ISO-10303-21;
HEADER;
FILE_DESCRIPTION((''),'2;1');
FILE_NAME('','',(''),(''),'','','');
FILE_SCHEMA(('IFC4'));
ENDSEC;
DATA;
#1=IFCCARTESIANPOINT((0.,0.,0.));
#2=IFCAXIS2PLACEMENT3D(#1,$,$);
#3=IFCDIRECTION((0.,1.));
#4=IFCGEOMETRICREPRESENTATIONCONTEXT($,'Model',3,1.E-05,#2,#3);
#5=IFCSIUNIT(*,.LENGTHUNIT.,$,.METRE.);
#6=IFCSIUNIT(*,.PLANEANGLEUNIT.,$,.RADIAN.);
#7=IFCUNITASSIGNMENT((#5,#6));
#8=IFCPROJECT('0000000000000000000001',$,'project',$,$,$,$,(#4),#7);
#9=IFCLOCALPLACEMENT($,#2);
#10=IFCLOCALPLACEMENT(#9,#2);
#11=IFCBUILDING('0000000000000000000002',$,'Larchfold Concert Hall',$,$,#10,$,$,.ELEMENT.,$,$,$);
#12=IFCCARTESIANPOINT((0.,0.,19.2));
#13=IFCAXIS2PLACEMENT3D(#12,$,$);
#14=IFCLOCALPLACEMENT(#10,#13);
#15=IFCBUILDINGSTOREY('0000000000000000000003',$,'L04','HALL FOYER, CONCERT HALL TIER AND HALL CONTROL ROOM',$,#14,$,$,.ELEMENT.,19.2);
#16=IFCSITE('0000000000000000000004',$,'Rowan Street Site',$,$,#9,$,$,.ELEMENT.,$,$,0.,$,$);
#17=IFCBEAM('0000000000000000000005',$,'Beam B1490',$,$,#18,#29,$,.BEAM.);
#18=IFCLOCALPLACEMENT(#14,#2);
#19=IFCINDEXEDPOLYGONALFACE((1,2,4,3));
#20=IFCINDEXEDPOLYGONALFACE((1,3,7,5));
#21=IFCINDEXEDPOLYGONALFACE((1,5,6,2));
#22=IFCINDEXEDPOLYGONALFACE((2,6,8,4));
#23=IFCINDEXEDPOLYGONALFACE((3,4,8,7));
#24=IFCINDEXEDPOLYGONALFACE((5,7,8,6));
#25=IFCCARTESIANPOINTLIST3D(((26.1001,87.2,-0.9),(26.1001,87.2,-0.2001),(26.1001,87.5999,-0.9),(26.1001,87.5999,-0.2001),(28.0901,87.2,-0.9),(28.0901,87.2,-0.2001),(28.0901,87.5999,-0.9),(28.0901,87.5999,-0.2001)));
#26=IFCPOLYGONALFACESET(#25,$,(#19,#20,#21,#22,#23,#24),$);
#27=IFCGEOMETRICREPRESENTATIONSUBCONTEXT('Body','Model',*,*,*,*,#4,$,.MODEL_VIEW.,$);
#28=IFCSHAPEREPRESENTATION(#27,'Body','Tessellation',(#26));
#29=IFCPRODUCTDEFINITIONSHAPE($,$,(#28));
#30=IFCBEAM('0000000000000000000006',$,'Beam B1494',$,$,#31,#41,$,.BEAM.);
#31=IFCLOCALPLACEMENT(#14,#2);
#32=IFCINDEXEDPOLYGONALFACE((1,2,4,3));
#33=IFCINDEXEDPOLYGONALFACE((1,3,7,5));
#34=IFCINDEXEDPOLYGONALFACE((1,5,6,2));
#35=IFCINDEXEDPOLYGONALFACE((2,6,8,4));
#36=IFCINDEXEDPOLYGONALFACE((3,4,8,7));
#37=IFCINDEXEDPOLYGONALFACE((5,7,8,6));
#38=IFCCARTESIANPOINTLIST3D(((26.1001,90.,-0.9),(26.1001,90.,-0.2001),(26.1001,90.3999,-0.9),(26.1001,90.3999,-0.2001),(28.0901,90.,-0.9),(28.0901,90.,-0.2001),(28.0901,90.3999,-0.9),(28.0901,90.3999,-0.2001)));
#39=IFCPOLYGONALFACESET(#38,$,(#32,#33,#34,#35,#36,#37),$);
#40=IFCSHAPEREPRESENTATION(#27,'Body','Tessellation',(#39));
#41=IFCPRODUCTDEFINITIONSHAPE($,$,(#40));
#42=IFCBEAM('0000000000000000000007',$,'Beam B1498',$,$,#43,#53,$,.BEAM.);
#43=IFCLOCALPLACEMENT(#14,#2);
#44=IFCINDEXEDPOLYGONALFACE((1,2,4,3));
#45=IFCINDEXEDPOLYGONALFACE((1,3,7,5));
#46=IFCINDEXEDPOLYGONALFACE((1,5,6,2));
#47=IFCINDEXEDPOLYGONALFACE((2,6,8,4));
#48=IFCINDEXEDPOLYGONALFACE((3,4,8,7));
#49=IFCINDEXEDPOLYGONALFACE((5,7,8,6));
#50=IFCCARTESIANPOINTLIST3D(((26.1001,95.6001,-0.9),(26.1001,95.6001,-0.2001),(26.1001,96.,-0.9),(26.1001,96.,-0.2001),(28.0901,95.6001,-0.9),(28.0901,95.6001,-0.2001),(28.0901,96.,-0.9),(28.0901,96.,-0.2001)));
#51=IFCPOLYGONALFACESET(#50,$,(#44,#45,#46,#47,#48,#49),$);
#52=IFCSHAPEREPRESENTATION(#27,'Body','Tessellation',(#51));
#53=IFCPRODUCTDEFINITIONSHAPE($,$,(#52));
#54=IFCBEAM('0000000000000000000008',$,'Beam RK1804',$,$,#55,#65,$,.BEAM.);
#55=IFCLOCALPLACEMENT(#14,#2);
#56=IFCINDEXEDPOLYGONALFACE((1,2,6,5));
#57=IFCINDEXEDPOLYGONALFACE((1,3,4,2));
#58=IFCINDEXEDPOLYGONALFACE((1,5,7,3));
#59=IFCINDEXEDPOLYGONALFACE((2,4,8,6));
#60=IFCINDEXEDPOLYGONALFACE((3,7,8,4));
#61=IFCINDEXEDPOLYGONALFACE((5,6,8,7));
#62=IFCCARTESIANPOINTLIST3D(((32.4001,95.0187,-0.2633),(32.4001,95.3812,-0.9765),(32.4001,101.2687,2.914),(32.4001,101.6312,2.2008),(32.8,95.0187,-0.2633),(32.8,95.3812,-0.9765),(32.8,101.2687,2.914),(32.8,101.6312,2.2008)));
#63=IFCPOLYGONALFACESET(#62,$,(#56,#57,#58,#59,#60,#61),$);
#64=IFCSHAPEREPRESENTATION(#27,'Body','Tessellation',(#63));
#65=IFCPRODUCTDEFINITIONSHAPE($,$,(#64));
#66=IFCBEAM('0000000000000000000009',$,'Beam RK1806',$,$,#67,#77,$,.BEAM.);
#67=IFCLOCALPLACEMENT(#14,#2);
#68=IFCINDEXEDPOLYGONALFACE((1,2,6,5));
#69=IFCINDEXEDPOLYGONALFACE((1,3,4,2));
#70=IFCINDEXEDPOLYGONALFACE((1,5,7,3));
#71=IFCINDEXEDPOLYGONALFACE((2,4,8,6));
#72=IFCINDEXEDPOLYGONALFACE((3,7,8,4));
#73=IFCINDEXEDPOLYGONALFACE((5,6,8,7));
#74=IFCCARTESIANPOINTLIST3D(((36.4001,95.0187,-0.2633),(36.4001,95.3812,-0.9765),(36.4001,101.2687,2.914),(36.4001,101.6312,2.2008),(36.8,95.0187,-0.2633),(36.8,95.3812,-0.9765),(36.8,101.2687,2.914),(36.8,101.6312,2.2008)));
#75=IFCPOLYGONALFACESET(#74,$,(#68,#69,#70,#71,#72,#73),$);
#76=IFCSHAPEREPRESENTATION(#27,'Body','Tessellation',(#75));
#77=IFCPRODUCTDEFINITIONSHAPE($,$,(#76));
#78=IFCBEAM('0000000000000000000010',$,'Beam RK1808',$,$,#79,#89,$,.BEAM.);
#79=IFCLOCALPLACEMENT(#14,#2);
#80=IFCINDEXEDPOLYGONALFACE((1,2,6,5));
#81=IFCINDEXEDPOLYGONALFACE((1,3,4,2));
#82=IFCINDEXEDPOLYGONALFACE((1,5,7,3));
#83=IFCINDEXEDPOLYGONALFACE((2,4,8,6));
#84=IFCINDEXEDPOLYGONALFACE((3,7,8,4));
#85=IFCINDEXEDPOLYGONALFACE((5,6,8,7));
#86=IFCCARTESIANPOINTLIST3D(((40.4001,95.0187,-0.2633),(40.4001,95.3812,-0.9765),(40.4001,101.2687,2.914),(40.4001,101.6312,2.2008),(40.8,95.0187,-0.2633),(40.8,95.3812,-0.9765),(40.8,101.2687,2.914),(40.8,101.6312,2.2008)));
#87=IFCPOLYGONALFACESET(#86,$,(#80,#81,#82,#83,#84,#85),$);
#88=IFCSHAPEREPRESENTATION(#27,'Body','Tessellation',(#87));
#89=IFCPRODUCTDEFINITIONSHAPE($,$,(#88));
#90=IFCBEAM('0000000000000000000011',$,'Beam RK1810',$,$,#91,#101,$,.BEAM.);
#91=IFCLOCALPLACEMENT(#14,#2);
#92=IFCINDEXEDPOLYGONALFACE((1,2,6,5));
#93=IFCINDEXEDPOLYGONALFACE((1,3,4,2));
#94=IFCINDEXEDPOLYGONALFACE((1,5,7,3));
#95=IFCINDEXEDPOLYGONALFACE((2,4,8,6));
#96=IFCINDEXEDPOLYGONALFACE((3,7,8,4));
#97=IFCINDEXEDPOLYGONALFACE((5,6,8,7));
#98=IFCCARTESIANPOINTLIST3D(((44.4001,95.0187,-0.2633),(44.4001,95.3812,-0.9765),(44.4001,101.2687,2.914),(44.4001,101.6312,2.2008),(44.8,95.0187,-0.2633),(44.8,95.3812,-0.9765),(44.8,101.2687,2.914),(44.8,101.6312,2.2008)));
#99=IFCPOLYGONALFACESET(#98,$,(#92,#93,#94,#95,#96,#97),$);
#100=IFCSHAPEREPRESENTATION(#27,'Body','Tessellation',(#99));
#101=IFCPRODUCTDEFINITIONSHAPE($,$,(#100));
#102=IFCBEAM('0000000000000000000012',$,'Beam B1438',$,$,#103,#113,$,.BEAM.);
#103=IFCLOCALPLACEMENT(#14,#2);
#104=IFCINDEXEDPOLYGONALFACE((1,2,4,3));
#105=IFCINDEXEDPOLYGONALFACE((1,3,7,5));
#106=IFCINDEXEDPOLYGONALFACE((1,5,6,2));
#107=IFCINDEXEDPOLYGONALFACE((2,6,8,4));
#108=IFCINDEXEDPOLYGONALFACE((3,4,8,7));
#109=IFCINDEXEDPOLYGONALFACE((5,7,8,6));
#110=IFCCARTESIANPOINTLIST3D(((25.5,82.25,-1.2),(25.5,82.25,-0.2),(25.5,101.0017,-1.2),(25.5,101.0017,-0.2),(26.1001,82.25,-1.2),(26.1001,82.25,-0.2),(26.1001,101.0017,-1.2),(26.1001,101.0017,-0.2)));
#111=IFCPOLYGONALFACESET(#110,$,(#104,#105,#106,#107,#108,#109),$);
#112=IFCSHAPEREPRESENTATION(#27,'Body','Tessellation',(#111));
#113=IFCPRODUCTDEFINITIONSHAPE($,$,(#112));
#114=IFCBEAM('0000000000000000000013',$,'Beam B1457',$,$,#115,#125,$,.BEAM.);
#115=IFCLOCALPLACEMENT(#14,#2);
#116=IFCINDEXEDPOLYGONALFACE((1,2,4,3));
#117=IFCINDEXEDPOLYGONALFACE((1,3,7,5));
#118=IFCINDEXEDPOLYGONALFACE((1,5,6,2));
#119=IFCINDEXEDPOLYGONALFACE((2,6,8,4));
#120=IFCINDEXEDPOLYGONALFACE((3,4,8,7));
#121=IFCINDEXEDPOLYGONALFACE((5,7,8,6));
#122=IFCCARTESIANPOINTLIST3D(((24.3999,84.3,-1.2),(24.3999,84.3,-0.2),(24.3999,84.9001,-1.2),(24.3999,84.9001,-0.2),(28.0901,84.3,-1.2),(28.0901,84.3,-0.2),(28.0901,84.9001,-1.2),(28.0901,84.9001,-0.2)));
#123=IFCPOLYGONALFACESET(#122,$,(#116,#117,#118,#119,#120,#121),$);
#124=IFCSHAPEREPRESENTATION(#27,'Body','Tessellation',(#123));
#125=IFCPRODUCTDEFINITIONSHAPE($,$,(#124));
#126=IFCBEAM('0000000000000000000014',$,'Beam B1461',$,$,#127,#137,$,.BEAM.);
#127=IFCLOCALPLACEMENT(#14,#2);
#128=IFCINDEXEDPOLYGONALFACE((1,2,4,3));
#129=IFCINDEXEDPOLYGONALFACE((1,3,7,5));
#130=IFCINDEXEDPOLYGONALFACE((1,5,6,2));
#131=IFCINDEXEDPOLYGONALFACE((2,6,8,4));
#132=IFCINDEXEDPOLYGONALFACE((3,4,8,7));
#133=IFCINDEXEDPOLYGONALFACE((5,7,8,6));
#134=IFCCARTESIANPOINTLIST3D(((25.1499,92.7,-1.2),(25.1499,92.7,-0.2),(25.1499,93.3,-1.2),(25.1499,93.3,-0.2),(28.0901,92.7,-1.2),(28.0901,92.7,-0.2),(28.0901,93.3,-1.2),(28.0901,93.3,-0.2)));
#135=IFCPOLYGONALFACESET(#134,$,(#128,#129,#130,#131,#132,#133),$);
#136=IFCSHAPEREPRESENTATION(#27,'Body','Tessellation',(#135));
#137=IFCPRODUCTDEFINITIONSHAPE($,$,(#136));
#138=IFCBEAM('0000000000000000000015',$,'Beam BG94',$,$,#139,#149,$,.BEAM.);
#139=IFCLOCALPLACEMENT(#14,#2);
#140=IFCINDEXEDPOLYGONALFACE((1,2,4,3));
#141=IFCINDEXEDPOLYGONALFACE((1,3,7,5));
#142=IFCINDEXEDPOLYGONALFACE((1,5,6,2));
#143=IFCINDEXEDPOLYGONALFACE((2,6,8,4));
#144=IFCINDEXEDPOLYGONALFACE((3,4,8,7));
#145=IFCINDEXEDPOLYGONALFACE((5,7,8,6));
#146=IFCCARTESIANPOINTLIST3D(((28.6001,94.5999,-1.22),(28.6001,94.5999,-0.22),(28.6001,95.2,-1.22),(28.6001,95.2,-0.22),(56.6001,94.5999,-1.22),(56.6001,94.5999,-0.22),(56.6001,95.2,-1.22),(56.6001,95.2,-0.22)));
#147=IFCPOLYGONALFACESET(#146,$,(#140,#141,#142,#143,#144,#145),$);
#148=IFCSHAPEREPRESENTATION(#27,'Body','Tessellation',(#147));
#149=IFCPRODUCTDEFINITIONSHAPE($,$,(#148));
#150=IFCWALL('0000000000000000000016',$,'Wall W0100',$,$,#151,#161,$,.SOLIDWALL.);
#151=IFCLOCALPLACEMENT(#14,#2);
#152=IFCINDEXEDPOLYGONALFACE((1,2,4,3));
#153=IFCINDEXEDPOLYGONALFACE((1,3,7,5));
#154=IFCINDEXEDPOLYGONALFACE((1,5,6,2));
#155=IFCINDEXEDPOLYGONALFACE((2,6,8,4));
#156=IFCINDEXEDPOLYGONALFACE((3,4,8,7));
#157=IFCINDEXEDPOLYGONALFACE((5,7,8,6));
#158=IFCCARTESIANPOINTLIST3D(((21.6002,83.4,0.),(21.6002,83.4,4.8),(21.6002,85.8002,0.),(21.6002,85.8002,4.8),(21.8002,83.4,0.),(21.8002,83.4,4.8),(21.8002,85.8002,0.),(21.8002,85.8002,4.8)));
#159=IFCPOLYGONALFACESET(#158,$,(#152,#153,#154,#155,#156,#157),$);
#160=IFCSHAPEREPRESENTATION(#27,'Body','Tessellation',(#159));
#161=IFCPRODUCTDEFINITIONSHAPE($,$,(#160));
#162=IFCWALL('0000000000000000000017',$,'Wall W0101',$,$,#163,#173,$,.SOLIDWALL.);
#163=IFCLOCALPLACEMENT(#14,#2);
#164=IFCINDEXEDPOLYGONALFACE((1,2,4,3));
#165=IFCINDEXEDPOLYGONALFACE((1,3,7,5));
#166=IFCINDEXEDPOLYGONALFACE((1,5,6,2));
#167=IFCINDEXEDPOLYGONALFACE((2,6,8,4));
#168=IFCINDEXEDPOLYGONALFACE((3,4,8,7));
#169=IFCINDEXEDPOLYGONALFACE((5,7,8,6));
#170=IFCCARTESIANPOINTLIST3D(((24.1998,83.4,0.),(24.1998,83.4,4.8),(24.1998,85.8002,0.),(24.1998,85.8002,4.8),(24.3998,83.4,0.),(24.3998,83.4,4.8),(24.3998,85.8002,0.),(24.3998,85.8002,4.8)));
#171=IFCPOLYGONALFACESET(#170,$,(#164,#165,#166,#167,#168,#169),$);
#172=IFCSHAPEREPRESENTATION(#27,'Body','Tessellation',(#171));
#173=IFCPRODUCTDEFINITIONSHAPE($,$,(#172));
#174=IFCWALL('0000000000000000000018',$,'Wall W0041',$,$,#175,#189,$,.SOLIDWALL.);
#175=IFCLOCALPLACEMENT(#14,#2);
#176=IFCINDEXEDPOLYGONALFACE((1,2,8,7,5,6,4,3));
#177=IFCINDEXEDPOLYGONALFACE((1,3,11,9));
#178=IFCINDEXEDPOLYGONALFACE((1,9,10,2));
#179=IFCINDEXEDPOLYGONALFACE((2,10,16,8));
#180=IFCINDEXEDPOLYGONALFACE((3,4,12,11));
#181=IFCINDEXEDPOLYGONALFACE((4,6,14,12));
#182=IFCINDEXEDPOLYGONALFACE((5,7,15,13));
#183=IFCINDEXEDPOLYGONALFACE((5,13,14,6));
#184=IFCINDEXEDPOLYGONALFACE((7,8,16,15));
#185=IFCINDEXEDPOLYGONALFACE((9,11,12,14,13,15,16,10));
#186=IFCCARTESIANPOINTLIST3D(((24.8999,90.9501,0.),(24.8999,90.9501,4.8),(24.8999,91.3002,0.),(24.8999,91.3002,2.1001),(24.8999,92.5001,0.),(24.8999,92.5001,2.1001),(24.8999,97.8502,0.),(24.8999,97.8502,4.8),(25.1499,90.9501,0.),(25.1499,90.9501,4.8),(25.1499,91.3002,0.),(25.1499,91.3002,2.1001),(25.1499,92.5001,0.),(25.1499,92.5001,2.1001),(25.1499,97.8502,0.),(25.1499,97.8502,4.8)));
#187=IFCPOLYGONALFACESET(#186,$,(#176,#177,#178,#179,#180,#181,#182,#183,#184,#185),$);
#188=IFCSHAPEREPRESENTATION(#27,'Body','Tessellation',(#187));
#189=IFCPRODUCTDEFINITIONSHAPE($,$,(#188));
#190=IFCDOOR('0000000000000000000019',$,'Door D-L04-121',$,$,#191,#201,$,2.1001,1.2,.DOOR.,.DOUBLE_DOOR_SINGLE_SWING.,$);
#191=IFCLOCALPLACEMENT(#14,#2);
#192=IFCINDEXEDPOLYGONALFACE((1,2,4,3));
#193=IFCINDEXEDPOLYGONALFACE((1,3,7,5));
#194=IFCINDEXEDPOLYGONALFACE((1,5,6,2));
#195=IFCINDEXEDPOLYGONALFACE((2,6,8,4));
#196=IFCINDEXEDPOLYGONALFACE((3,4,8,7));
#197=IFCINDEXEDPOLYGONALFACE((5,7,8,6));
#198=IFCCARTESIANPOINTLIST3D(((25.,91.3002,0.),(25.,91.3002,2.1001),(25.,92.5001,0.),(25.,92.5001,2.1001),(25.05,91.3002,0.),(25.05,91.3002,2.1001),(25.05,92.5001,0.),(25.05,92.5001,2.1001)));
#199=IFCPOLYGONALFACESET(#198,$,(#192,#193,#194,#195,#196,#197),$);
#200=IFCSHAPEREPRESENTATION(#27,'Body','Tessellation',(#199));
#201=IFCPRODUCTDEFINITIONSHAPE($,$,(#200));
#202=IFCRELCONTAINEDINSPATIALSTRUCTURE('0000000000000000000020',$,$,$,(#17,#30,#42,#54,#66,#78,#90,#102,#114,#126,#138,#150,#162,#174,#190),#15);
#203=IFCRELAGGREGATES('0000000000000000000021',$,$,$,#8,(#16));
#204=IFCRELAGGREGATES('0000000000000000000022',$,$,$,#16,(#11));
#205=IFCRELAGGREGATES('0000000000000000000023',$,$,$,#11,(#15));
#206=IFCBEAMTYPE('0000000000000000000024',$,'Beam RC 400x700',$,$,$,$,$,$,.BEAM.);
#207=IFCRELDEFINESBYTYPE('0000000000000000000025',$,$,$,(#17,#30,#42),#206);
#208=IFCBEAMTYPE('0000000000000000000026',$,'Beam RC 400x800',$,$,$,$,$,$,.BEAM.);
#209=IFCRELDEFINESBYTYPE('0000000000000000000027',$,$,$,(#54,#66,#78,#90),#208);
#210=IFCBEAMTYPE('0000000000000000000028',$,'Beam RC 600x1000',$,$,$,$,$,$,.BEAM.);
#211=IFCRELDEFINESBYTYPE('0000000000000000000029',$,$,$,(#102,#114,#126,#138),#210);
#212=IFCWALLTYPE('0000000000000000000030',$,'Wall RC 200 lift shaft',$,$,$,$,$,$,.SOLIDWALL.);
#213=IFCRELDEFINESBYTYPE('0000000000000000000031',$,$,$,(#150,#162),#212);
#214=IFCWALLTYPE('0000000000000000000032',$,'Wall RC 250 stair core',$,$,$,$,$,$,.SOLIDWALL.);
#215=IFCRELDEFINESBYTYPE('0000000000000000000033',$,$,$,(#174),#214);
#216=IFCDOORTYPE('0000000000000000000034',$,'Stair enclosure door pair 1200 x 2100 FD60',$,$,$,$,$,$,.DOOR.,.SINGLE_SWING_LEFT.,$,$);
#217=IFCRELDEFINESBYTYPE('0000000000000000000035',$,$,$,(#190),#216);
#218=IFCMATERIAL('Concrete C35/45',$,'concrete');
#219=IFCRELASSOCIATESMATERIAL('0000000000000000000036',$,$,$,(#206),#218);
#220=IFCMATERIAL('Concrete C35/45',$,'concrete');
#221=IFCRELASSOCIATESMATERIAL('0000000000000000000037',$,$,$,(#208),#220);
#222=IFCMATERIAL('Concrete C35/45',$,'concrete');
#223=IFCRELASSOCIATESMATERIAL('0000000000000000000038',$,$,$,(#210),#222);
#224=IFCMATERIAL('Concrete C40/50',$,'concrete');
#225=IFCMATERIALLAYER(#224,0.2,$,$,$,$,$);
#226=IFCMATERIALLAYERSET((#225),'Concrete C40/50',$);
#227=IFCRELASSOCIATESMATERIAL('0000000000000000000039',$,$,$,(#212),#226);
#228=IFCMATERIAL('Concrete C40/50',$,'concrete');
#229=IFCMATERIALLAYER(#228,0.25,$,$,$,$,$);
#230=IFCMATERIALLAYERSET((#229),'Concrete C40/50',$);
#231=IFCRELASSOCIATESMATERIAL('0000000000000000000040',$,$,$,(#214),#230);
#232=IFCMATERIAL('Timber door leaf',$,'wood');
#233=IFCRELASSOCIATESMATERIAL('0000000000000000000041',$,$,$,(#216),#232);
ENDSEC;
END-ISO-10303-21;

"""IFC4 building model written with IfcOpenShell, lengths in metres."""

from ifc_helpers import new_model, si_unit, direction, frame, frame_2d, origin, origin_2d, place, context, subcontext, project, spatial, rectangle, extrude, material, layer, layer_set, material_profile, profile_set, type_object, element, fill, save


model = new_model("IFC4")

# Units and contexts
model_context = context("Model", 3, precision=1e-05, world=origin(), true_north=direction((0.0, 1.0)))
body_context = subcontext(model_context, "Body", "Model", "MODEL_VIEW")
ifc_project = project(units=[si_unit("LENGTHUNIT", "METRE"), si_unit("PLANEANGLEUNIT", "RADIAN")], contexts=[model_context])

# Site, building, storey
site_placement = place(None, origin())
site = spatial("IfcSite", under=ifc_project, at=site_placement, Name="Rowan Street Site", CompositionType="ELEMENT", RefElevation=0.0)
building_placement = place(site_placement, origin())
building = spatial("IfcBuilding", under=site, at=building_placement, Name="Larchfold Concert Hall", CompositionType="ELEMENT")
storey_placement = place(building_placement, frame((0.0, 0.0, 19.2)))
storey = spatial("IfcBuildingStorey", under=building, at=storey_placement, Name="L04", Description="HALL FOYER, CONCERT HALL TIER AND HALL CONTROL ROOM", CompositionType="ELEMENT", Elevation=19.2)

# Beams
ifc_material_1 = material(Name="Concrete C35/45", Category="concrete")
ifc_material_profile_1 = material_profile(ifc_material_1, rectangle(XDim=0.3999, YDim=0.7, at=origin_2d()))
ifc_profile_set_1 = profile_set([ifc_material_profile_1], Name="Concrete C35/45")
beam_type_1 = type_object("IfcBeamType", Name="Beam RC 400x700", PredefinedType="BEAM", material=ifc_profile_set_1)
for number, where, z_axis, x_axis, name in (
    (1, (26.1001, 87.3999, -0.55), (1.0, 0.0, 0.0), (0.0, 1.0, 0.0), "Beam B1490"),
    (2, (26.1001, 90.2, -0.55), (1.0, 0.0, 0.0), (0.0, 1.0, 0.0), "Beam B1494"),
    (3, (26.1001, 95.8, -0.55), (1.0, 0.0, 0.0), (0.0, 1.0, 0.0), "Beam B1498"),
):
    element("IfcBeam", number, at=place(storey_placement, frame(where, z_axis=z_axis, x_axis=x_axis)), inside=storey, type_object=beam_type_1, Name=name, PredefinedType="BEAM", context=body_context, shape_type="SweptSolid", body=[
        extrude(rectangle(XDim=0.3999, YDim=0.7, at=origin_2d()), origin(), (0.0, 0.0, 1.0), 1.99),
    ])
ifc_material_2 = material(Name="Concrete C35/45", Category="concrete")
ifc_material_profile_2 = material_profile(ifc_material_2, rectangle(XDim=0.3999, YDim=0.8, at=origin_2d()))
ifc_profile_set_2 = profile_set([ifc_material_profile_2], Name="Concrete C35/45")
beam_type_2 = type_object("IfcBeamType", Name="Beam RC 400x800", PredefinedType="BEAM", material=ifc_profile_set_2)
for number, where, z_axis, x_axis, name in (
    (4, (32.6001, 95.2, -0.6199), (0.0, 0.891427, 0.453165), (-1.0, 0.0, 0.0), "Beam RK1804"),
    (5, (36.6001, 95.2, -0.6199), (0.0, 0.891427, 0.453165), (-1.0, 0.0, 0.0), "Beam RK1806"),
    (6, (40.6001, 95.2, -0.6199), (0.0, 0.891427, 0.453165), (-1.0, 0.0, 0.0), "Beam RK1808"),
    (7, (44.6001, 95.2, -0.6199), (0.0, 0.891427, 0.453165), (-1.0, 0.0, 0.0), "Beam RK1810"),
):
    element("IfcBeam", number, at=place(storey_placement, frame(where, z_axis=z_axis, x_axis=x_axis)), inside=storey, type_object=beam_type_2, Name=name, PredefinedType="BEAM", context=body_context, shape_type="SweptSolid", body=[
        extrude(rectangle(XDim=0.3999, YDim=0.8, at=origin_2d()), origin(), (0.0, 0.0, 1.0), 7.0112),
    ])
ifc_material_3 = material(Name="Concrete C35/45", Category="concrete")
ifc_material_profile_3 = material_profile(ifc_material_3, rectangle(XDim=0.6001, YDim=1.0, at=origin_2d()))
ifc_profile_set_3 = profile_set([ifc_material_profile_3], Name="Concrete C35/45")
beam_type_3 = type_object("IfcBeamType", Name="Beam RC 600x1000", PredefinedType="BEAM", material=ifc_profile_set_3)
beam_1_placement = place(storey_placement, frame((25.8, 82.25, -0.7), z_axis=(0.0, 1.0, 0.0), x_axis=(-1.0, 0.0, 0.0)))
element("IfcBeam", 8, at=beam_1_placement, inside=storey, type_object=beam_type_3, Name="Beam B1438", PredefinedType="BEAM", context=body_context, shape_type="SweptSolid", body=[
    extrude(rectangle(XDim=0.6001, YDim=1.0, at=origin_2d()), origin(), (0.0, 0.0, 1.0), 18.7517),
])
beam_2_placement = place(storey_placement, frame((24.3999, 84.6001, -0.7), z_axis=(1.0, 0.0, 0.0), x_axis=(0.0, 1.0, 0.0)))
element("IfcBeam", 9, at=beam_2_placement, inside=storey, type_object=beam_type_3, Name="Beam B1457", PredefinedType="BEAM", context=body_context, shape_type="SweptSolid", body=[
    extrude(rectangle(XDim=0.6001, YDim=1.0, at=origin_2d()), origin(), (0.0, 0.0, 1.0), 3.6902),
])
beam_3_placement = place(storey_placement, frame((25.1499, 93.0, -0.7), z_axis=(1.0, 0.0, 0.0), x_axis=(0.0, 1.0, 0.0)))
element("IfcBeam", 10, at=beam_3_placement, inside=storey, type_object=beam_type_3, Name="Beam B1461", PredefinedType="BEAM", context=body_context, shape_type="SweptSolid", body=[
    extrude(rectangle(XDim=0.6001, YDim=1.0, at=origin_2d()), origin(), (0.0, 0.0, 1.0), 2.9402),
])
beam_4_placement = place(storey_placement, frame((28.6001, 94.8999, -0.72), z_axis=(1.0, 0.0, 0.0), x_axis=(0.0, 1.0, 0.0)))
element("IfcBeam", 11, at=beam_4_placement, inside=storey, type_object=beam_type_3, Name="Beam BG94", PredefinedType="BEAM", context=body_context, shape_type="SweptSolid", body=[
    extrude(rectangle(XDim=0.6001, YDim=1.0, at=origin_2d()), origin(), (0.0, 0.0, 1.0), 28.0),
])

# Walls
ifc_material_4 = material(Name="Concrete C40/50", Category="concrete")
ifc_layer_1 = layer(ifc_material_4, 0.2)
ifc_layer_set_1 = layer_set([ifc_layer_1], Name="Concrete C40/50")
wall_type_1 = type_object("IfcWallType", Name="Wall RC 200 lift shaft", PredefinedType="SOLIDWALL", material=ifc_layer_set_1)
for number, where, z_axis, x_axis, name in (
    (12, (21.7002, 83.3999, 0.0), (0.0, 0.0, 1.0), (0.0, 1.0, 0.0), "Wall W0100"),
    (13, (24.2998, 83.3999, 0.0), (0.0, 0.0, 1.0), (0.0, 1.0, 0.0), "Wall W0101"),
):
    element("IfcWall", number, at=place(storey_placement, frame(where, z_axis=z_axis, x_axis=x_axis)), inside=storey, type_object=wall_type_1, Name=name, PredefinedType="SOLIDWALL", context=body_context, shape_type="SweptSolid", body=[
        extrude(rectangle(XDim=2.4001, YDim=0.2, at=frame_2d((1.2002, 0.0))), origin(), (0.0, 0.0, 1.0), 4.8),
    ])

# Wall, opening, door
ifc_material_5 = material(Name="Concrete C40/50", Category="concrete")
ifc_layer_2 = layer(ifc_material_5, 0.25)
ifc_layer_set_2 = layer_set([ifc_layer_2], Name="Concrete C40/50")
wall_type_2 = type_object("IfcWallType", Name="Wall RC 250 stair core", PredefinedType="SOLIDWALL", material=ifc_layer_set_2)
wall_1_placement = place(storey_placement, frame((25.0249, 90.95, 0.0), z_axis=(0.0, 0.0, 1.0), x_axis=(0.0, 1.0, 0.0)))
wall_1 = element("IfcWall", 14, at=wall_1_placement, inside=storey, type_object=wall_type_2, Name="Wall W0041", PredefinedType="SOLIDWALL", context=body_context, shape_type="SweptSolid", body=[
    extrude(rectangle(XDim=6.9001, YDim=0.25, at=frame_2d((3.4502, 0.0))), origin(), (0.0, 0.0, 1.0), 4.8),
])
opening_placement = place(wall_1_placement, frame((0.3501, 0.0, 0.0)))
opening = element("IfcOpeningElement", 15, at=opening_placement, cuts=wall_1, PredefinedType="OPENING", context=body_context, shape_type="SweptSolid", body=[
    extrude(rectangle(XDim=1.2, YDim=2.1001, at=frame_2d((0.6001, 1.05))), frame((0.0, 0.135, 0.0), z_axis=(0.0, -1.0, 0.0), x_axis=(1.0, 0.0, 0.0)), (0.0, 0.0, 1.0), 0.27),
])
ifc_material_6 = material(Name="Timber door leaf", Category="wood")
door_type = type_object("IfcDoorType", Name="Stair enclosure door pair 1200 x 2100 FD60", OperationType="SINGLE_SWING_LEFT", PredefinedType="DOOR", material=ifc_material_6)
door_placement = place(opening_placement, origin())
door = element("IfcDoor", 16, at=door_placement, inside=storey, type_object=door_type, Name="Door D-L04-121", OperationType="DOUBLE_DOOR_SINGLE_SWING", OverallHeight=2.1001, OverallWidth=1.2, PredefinedType="DOOR", context=body_context, shape_type="SweptSolid", body=[
    extrude(rectangle(XDim=1.2, YDim=2.1001, at=frame_2d((0.6001, 1.05))), frame((0.0, 0.0249, 0.0), z_axis=(0.0, -1.0, 0.0), x_axis=(1.0, 0.0, 0.0)), (0.0, 0.0, 1.0), 0.05),
])
fill(opening, door)

save(model, "model.ifc")
